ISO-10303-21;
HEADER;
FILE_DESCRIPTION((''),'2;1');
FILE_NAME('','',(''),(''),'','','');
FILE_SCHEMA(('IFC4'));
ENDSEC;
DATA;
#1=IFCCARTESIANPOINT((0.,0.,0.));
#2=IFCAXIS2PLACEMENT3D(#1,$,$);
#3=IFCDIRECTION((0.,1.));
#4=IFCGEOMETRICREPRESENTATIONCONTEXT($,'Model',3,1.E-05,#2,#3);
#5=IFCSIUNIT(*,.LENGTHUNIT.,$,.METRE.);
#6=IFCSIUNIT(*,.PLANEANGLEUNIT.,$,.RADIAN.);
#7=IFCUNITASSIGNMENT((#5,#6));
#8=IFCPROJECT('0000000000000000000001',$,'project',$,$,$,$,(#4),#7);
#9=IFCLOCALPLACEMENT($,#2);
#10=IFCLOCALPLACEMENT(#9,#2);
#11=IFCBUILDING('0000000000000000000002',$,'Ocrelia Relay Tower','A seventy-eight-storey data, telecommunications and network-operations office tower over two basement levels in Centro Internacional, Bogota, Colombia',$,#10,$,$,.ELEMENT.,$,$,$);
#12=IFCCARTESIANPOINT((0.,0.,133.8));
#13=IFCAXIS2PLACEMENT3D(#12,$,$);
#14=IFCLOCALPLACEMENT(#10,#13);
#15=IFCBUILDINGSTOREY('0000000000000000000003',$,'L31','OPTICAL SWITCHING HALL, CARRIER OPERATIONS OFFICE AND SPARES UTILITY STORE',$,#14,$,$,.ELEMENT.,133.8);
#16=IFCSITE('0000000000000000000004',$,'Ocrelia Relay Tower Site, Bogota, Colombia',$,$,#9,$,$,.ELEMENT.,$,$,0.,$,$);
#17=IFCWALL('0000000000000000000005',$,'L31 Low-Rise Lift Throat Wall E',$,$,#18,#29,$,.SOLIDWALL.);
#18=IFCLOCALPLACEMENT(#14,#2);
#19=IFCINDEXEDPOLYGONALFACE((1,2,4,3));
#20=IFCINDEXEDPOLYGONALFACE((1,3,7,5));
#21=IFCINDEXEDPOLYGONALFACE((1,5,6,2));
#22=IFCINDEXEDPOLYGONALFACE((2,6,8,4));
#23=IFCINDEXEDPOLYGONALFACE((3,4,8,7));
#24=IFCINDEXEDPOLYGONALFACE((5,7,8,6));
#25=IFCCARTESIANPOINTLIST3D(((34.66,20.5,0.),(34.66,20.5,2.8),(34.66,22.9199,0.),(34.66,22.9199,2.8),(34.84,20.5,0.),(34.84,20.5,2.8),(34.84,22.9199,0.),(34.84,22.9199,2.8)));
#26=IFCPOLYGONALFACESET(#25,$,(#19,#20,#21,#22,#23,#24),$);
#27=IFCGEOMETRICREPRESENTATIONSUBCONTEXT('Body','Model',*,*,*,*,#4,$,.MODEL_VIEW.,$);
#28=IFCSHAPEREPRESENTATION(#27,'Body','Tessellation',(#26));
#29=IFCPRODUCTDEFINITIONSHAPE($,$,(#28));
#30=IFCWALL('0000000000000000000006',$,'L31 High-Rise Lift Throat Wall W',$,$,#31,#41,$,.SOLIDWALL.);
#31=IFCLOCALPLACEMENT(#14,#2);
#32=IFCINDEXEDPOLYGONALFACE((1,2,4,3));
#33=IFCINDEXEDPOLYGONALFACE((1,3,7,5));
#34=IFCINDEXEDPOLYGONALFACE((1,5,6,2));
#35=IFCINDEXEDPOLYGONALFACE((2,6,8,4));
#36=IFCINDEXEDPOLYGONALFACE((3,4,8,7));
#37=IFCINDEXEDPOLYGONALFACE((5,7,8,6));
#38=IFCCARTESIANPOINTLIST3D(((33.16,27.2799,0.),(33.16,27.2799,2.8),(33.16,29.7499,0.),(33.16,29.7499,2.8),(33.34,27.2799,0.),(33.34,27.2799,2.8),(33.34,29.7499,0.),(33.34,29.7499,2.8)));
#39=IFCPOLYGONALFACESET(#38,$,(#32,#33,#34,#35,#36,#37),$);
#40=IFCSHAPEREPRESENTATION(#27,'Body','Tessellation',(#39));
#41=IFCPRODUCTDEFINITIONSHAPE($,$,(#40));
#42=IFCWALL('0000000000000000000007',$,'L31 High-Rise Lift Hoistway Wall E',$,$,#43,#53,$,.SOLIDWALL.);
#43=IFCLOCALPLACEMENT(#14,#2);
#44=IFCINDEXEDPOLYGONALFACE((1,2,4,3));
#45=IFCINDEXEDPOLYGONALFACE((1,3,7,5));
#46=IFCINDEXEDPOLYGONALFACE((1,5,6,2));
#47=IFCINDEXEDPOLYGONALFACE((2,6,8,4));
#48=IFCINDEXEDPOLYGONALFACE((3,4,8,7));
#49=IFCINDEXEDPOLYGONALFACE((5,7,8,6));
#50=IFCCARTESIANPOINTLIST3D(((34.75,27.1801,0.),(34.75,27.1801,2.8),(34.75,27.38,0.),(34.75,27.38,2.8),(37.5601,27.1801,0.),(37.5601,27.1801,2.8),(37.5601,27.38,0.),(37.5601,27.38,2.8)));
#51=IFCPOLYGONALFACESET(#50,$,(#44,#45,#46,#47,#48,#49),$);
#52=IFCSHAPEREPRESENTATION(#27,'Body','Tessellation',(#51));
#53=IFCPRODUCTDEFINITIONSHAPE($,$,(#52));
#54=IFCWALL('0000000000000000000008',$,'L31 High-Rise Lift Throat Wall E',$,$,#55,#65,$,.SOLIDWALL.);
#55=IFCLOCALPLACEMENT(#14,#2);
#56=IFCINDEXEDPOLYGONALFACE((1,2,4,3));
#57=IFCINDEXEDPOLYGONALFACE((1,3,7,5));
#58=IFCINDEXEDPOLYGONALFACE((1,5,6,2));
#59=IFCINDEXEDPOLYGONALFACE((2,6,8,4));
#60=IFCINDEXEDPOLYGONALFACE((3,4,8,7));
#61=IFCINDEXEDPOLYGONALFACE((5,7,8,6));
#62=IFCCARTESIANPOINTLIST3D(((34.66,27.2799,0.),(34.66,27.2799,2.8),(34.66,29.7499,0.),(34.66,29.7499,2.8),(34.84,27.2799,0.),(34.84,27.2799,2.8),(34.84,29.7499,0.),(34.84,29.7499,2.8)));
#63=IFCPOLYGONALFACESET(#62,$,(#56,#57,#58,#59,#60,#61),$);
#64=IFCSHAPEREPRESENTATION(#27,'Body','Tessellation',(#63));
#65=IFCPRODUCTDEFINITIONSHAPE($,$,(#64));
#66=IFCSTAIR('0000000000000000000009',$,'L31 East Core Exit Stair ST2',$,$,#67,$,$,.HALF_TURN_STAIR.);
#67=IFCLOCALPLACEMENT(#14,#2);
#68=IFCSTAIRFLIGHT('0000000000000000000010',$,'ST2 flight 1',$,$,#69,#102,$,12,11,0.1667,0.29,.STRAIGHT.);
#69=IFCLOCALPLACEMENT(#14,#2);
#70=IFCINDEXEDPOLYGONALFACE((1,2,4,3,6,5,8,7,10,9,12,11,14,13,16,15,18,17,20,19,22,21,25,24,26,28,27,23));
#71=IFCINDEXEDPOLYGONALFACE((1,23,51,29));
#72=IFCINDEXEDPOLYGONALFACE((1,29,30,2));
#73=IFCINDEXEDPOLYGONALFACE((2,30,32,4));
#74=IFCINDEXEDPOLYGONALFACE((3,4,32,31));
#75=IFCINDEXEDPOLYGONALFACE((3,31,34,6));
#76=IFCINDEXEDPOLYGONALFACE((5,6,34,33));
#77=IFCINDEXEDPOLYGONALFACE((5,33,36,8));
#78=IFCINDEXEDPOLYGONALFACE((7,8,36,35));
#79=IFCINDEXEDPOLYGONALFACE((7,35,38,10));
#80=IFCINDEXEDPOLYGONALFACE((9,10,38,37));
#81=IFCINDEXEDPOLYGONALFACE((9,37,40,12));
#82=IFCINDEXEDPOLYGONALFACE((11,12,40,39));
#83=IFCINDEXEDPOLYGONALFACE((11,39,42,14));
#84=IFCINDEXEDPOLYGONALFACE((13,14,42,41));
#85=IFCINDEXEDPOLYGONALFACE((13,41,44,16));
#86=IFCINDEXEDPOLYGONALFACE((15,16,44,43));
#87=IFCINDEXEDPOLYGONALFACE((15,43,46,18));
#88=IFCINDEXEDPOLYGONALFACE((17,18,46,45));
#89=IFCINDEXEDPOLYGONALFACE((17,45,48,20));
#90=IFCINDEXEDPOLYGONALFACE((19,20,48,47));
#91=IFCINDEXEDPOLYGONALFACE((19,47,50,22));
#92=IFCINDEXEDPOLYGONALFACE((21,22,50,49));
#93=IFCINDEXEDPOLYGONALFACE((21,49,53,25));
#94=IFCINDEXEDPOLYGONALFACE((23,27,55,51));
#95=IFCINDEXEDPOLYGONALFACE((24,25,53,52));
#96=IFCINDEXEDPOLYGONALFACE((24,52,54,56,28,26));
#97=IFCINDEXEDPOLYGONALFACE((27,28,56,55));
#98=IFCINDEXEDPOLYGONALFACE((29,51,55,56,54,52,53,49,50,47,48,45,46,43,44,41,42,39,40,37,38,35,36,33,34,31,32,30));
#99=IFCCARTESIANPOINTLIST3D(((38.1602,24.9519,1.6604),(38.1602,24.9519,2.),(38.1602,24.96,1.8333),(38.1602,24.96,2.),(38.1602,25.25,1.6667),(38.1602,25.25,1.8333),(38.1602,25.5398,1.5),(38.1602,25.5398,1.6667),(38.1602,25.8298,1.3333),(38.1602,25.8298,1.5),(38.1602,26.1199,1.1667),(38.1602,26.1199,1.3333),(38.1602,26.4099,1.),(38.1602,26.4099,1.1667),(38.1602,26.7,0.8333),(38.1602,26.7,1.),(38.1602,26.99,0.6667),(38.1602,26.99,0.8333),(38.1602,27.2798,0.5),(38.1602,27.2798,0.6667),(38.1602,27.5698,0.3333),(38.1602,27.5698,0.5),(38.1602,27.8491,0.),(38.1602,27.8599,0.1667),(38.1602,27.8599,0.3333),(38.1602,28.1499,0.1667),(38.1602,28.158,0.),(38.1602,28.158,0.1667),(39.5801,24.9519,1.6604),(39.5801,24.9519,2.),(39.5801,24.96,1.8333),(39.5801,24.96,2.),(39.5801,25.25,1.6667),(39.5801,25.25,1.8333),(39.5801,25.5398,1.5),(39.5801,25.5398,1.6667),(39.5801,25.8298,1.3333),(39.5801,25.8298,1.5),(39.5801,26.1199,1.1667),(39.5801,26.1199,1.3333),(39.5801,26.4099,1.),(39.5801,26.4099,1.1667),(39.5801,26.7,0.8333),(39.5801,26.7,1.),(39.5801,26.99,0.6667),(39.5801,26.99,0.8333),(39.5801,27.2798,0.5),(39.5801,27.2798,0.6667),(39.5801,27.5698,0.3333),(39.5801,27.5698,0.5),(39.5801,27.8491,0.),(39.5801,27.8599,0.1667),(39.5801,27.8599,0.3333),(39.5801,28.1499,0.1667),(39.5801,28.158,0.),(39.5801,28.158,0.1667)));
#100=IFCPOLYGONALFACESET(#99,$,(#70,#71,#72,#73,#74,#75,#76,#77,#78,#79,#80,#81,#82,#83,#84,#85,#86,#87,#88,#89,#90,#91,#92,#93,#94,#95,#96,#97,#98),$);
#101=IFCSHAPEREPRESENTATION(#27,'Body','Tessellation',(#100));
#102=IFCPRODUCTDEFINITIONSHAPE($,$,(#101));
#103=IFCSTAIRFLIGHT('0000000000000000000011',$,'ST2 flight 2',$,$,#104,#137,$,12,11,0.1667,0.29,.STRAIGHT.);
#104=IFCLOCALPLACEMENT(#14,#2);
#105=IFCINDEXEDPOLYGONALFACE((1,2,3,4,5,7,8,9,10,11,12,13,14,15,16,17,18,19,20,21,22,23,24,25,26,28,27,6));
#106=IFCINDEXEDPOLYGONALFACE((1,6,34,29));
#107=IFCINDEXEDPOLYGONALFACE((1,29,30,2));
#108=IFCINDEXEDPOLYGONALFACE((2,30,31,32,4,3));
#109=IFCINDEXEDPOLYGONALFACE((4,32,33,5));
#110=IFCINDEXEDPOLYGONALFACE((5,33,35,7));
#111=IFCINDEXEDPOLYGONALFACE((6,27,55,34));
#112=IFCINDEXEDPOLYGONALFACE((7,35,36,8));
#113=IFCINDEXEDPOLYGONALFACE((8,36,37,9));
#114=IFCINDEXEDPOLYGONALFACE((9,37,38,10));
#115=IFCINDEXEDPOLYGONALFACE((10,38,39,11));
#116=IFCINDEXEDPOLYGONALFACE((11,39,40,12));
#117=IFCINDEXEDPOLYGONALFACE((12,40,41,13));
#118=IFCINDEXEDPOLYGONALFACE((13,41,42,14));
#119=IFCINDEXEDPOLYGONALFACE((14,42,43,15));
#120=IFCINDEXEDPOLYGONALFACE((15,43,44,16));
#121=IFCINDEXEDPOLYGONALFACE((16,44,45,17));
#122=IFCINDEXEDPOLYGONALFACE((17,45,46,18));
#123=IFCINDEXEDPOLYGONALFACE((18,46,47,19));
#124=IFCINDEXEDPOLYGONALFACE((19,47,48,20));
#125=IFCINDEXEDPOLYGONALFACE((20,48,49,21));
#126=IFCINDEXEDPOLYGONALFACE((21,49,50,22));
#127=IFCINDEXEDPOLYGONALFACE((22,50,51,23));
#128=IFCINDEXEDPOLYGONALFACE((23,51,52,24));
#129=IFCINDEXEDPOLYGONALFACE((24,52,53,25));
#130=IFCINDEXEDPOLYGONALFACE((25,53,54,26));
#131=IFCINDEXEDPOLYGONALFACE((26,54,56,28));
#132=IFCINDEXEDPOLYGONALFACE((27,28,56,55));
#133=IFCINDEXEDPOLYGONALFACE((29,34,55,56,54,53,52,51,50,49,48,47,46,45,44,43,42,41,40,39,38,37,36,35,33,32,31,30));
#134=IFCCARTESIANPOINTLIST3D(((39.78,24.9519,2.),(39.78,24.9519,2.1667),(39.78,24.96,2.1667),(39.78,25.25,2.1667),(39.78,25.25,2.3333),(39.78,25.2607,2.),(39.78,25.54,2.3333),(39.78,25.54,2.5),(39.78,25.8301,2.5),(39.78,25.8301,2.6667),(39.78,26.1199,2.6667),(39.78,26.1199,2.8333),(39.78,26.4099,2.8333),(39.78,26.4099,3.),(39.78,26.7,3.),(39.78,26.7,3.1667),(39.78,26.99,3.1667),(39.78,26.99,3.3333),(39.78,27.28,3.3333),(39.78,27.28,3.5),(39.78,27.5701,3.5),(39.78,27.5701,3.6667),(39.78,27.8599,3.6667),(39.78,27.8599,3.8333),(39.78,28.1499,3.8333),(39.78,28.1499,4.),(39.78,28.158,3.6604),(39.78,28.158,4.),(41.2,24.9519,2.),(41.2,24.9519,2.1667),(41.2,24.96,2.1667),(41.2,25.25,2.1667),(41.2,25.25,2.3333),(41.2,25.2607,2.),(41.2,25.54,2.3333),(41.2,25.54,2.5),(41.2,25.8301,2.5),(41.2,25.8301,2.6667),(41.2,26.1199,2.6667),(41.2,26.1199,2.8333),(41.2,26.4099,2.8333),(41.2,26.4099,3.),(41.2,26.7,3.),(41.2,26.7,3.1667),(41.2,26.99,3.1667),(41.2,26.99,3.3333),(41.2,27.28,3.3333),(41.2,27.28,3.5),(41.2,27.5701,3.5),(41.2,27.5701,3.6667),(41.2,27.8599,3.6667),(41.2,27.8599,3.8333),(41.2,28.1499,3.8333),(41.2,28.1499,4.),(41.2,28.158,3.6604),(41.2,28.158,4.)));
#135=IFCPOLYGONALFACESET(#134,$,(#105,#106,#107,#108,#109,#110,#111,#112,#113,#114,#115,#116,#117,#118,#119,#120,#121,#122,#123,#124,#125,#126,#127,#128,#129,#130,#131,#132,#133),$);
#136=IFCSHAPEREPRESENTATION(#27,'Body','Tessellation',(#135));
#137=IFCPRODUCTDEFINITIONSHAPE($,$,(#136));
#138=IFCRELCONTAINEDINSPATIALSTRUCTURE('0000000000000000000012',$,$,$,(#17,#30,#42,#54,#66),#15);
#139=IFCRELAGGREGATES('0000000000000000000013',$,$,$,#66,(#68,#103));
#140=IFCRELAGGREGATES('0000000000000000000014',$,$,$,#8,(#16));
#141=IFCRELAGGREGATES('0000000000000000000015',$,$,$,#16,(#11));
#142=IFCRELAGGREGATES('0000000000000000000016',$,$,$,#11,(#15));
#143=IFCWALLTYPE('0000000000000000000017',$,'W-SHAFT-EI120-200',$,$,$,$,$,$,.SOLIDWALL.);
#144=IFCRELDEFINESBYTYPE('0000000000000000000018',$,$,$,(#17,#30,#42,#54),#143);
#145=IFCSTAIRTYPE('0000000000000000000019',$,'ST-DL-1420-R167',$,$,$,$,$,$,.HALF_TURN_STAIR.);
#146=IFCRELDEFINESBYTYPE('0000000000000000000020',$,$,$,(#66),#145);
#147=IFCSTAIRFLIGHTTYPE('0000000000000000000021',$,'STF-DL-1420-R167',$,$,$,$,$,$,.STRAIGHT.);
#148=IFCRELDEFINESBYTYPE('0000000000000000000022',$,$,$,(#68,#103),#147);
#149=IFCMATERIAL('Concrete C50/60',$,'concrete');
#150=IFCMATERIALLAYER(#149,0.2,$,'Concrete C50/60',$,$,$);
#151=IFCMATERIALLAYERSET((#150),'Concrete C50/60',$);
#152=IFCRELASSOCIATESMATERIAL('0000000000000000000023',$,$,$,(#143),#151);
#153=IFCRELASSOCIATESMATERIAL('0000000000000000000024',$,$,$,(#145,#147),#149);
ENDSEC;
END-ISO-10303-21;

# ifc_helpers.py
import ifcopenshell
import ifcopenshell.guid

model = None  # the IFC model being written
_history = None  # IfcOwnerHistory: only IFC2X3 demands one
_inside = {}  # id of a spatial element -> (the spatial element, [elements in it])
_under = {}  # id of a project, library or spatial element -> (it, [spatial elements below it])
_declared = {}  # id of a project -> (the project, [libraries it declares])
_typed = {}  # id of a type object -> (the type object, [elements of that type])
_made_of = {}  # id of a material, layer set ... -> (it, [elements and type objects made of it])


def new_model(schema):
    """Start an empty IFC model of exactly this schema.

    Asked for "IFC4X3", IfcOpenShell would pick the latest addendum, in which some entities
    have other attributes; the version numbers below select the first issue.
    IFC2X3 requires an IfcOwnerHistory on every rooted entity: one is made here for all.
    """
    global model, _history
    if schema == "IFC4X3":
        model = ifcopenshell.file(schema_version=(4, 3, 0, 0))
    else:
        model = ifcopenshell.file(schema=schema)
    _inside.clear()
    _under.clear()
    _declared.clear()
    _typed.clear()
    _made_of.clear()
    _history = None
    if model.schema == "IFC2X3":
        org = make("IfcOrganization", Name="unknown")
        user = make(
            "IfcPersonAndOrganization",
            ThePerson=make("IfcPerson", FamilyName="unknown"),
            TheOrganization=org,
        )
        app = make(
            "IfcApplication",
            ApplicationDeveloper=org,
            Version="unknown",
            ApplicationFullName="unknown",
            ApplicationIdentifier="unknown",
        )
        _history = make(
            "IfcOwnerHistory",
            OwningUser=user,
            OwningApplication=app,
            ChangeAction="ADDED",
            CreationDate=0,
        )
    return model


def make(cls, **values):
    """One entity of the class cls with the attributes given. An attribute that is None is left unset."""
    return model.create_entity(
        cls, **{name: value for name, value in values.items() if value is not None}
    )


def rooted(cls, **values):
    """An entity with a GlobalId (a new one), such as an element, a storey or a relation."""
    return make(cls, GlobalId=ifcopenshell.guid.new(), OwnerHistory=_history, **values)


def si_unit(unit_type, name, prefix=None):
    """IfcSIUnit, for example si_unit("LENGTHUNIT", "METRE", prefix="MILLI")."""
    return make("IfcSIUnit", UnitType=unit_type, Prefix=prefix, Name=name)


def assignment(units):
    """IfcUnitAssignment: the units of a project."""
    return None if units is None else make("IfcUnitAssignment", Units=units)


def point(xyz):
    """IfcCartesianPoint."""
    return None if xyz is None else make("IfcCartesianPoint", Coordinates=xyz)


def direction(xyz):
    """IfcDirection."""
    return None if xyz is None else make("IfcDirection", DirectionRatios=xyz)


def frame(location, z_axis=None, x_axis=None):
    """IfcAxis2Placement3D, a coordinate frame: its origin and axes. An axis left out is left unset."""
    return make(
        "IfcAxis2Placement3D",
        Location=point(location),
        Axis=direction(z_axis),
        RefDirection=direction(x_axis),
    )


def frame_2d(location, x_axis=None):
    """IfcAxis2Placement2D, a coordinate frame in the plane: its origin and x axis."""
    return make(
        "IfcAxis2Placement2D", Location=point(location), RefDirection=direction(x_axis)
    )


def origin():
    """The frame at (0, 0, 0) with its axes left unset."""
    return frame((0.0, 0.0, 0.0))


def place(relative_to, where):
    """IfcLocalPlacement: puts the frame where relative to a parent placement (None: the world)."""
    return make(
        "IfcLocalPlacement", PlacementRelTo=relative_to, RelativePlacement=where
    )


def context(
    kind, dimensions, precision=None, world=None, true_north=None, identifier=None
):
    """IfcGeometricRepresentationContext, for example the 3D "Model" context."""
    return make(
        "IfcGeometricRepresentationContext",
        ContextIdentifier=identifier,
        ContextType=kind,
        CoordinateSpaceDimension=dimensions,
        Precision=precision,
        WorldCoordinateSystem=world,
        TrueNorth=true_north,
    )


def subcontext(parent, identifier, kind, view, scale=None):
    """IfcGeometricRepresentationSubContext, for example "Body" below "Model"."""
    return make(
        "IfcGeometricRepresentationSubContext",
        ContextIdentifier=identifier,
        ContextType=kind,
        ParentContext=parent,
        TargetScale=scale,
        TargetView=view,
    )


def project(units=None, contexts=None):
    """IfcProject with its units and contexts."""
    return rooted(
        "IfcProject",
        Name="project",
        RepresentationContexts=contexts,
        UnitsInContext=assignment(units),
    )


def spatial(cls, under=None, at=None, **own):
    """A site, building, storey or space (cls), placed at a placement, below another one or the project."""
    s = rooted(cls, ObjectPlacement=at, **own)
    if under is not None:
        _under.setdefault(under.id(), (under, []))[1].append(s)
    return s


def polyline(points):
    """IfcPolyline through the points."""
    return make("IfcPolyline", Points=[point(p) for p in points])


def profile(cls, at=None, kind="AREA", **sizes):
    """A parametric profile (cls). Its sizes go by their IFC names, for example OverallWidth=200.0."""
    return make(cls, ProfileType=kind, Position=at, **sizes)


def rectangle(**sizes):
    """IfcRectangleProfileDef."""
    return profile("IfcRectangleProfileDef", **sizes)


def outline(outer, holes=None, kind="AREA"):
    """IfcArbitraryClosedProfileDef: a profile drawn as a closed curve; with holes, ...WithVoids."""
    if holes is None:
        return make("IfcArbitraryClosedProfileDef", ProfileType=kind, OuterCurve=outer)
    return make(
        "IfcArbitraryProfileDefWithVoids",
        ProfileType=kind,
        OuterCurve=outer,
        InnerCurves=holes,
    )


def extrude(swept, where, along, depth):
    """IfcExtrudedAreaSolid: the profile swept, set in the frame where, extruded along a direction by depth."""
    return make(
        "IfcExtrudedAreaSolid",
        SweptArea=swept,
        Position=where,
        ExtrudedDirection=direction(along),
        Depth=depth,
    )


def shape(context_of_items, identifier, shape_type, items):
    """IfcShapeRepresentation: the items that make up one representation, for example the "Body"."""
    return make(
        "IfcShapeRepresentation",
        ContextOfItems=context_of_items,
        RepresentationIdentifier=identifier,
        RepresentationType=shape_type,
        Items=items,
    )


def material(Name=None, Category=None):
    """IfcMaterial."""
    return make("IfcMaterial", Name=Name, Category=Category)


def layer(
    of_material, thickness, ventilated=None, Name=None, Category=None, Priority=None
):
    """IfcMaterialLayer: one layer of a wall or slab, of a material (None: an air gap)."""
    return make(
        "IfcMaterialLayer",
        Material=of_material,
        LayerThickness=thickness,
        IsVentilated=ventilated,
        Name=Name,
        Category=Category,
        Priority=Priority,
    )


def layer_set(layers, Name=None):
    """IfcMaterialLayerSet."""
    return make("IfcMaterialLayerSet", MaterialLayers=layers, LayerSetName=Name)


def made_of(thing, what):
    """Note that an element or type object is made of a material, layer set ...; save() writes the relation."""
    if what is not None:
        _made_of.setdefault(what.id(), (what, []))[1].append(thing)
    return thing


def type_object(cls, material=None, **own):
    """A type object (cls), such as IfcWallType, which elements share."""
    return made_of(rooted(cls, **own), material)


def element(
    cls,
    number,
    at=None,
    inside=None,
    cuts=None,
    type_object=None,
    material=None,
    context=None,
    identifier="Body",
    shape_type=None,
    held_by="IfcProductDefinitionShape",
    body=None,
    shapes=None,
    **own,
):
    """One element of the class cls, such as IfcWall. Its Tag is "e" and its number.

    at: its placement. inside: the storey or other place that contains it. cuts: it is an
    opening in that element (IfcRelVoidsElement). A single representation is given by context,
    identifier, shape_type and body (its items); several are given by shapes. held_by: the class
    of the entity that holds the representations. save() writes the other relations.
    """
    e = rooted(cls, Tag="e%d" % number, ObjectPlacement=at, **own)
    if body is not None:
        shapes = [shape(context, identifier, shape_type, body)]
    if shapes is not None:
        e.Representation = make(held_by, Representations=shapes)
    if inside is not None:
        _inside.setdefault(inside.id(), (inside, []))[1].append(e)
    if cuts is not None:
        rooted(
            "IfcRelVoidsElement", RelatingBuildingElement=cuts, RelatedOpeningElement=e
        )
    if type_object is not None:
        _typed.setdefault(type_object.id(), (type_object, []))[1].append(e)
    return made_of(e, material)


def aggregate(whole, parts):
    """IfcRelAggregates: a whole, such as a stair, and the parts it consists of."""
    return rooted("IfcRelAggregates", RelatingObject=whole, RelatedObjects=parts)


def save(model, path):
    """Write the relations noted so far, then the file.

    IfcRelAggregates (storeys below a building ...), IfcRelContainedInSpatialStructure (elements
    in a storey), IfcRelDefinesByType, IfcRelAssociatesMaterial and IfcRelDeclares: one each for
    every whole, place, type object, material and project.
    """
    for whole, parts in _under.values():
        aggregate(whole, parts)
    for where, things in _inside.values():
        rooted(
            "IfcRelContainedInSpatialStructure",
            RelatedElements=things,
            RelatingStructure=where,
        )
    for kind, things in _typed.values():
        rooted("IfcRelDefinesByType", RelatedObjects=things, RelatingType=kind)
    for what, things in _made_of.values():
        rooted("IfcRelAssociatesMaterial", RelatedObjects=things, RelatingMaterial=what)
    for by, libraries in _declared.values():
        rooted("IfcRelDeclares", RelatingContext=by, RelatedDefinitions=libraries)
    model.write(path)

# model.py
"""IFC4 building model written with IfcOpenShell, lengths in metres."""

from ifc_helpers import new_model, si_unit, direction, frame, frame_2d, origin, place, context, subcontext, project, spatial, polyline, rectangle, outline, extrude, material, layer, layer_set, type_object, element, aggregate, save


model = new_model("IFC4")

# Units and contexts
model_context = context("Model", 3, precision=1e-05, world=origin(), true_north=direction((0.0, 1.0)))
body_context = subcontext(model_context, "Body", "Model", "MODEL_VIEW")
ifc_project = project(units=[si_unit("LENGTHUNIT", "METRE"), si_unit("PLANEANGLEUNIT", "RADIAN")], contexts=[model_context])

# Site, building, storey
site_placement = place(None, origin())
site = spatial("IfcSite", under=ifc_project, at=site_placement, Name="Ocrelia Relay Tower Site, Bogota, Colombia", CompositionType="ELEMENT", RefElevation=0.0)
building_placement = place(site_placement, origin())
building = spatial("IfcBuilding", under=site, at=building_placement, Name="Ocrelia Relay Tower", Description="A seventy-eight-storey data, telecommunications and network-operations office tower over two basement levels in Centro Internacional, Bogota, Colombia", CompositionType="ELEMENT")
storey_placement = place(building_placement, frame((0.0, 0.0, 133.8)))
storey = spatial("IfcBuildingStorey", under=building, at=storey_placement, Name="L31", Description="OPTICAL SWITCHING HALL, CARRIER OPERATIONS OFFICE AND SPARES UTILITY STORE", CompositionType="ELEMENT", Elevation=133.8)

# Shared definitions
ifc_material_1 = material(Name="Concrete C50/60", Category="concrete")
ifc_layer_1 = layer(ifc_material_1, 0.2, Name="Concrete C50/60")
ifc_layer_set_1 = layer_set([ifc_layer_1], Name="Concrete C50/60")
wall_type_1 = type_object("IfcWallType", Name="W-SHAFT-EI120-200", PredefinedType="SOLIDWALL", material=ifc_layer_set_1)

# Walls
wall_1_placement = place(storey_placement, frame((34.75, 20.5, 0.0), z_axis=(0.0, 0.0, 1.0), x_axis=(0.0, 1.0, 0.0)))
element("IfcWall", 1, at=wall_1_placement, inside=storey, type_object=wall_type_1, Name="L31 Low-Rise Lift Throat Wall E", PredefinedType="SOLIDWALL", context=body_context, shape_type="SweptSolid", body=[
    extrude(rectangle(XDim=2.4199, YDim=0.1799, at=frame_2d((1.21, 0.0))), origin(), (0.0, 0.0, 1.0), 2.8),
])
wall_2_placement = place(storey_placement, frame((33.25, 27.28, 0.0), z_axis=(0.0, 0.0, 1.0), x_axis=(0.0, 1.0, 0.0)))
element("IfcWall", 2, at=wall_2_placement, inside=storey, type_object=wall_type_1, Name="L31 High-Rise Lift Throat Wall W", PredefinedType="SOLIDWALL", context=body_context, shape_type="SweptSolid", body=[
    extrude(rectangle(XDim=2.47, YDim=0.1799, at=frame_2d((1.2349, 0.0))), origin(), (0.0, 0.0, 1.0), 2.8),
])
wall_3_placement = place(storey_placement, frame((34.75, 27.28, 0.0), z_axis=(0.0, 0.0, 1.0), x_axis=(1.0, 0.0, 0.0)))
element("IfcWall", 3, at=wall_3_placement, inside=storey, type_object=wall_type_1, Name="L31 High-Rise Lift Hoistway Wall E", PredefinedType="SOLIDWALL", context=body_context, shape_type="SweptSolid", body=[
    extrude(rectangle(XDim=2.8101, YDim=0.2, at=frame_2d((1.405, 0.0))), origin(), (0.0, 0.0, 1.0), 2.8),
])
wall_4_placement = place(storey_placement, frame((34.75, 27.28, 0.0), z_axis=(0.0, 0.0, 1.0), x_axis=(0.0, 1.0, 0.0)))
element("IfcWall", 4, at=wall_4_placement, inside=storey, type_object=wall_type_1, Name="L31 High-Rise Lift Throat Wall E", PredefinedType="SOLIDWALL", context=body_context, shape_type="SweptSolid", body=[
    extrude(rectangle(XDim=2.47, YDim=0.1799, at=frame_2d((1.2349, 0.0))), origin(), (0.0, 0.0, 1.0), 2.8),
])

# Stair, stair flights
stair_type = type_object("IfcStairType", Name="ST-DL-1420-R167", PredefinedType="HALF_TURN_STAIR", material=ifc_material_1)
stair_placement = place(storey_placement, origin())
stair = element("IfcStair", 5, at=stair_placement, inside=storey, type_object=stair_type, Name="L31 East Core Exit Stair ST2", PredefinedType="HALF_TURN_STAIR")
stair_flight_type = type_object("IfcStairFlightType", Name="STF-DL-1420-R167", PredefinedType="STRAIGHT", material=ifc_material_1)
stair_flight_1_placement = place(storey_placement, frame((38.8701, 28.1499, 0.0), z_axis=(0.0, 0.0, 1.0), x_axis=(0.0, -1.0, 0.0)))
stair_flight_1 = element("IfcStairFlight", 6, at=stair_flight_1_placement, type_object=stair_flight_type, Name="ST2 flight 1", NumberOfRisers=12, NumberOfTreads=11, PredefinedType="STRAIGHT", RiserHeight=0.1667, TreadLength=0.29, context=body_context, shape_type="SweptSolid", body=[
    extrude(outline(polyline([(-0.0081, 0.0), (-0.0081, 0.1667), (0.0, 0.1667), (0.29, 0.1667), (0.29, 0.3333), (0.5801, 0.3333), (0.5801, 0.5), (0.8701, 0.5), (0.8701, 0.6667), (1.1599, 0.6667), (1.1599, 0.8333), (1.45, 0.8333), (1.45, 1.0), (1.74, 1.0), (1.74, 1.1667), (2.03, 1.1667), (2.03, 1.3333), (2.3201, 1.3333), (2.3201, 1.5), (2.6101, 1.5), (2.6101, 1.6667), (2.8999, 1.6667), (2.8999, 1.8333), (3.1899, 1.8333), (3.1899, 2.0), (3.198, 2.0), (3.198, 1.6604), (0.3008, 0.0), (-0.0081, 0.0)])), frame((0.0, 0.71, 0.0), z_axis=(0.0, -1.0, 0.0), x_axis=(1.0, 0.0, 0.0)), (0.0, 0.0, 1.0), 1.4199),
])
stair_flight_2_placement = place(storey_placement, frame((40.49, 24.96, 2.0), z_axis=(0.0, 0.0, 1.0), x_axis=(0.0, 1.0, 0.0)))
stair_flight_2 = element("IfcStairFlight", 7, at=stair_flight_2_placement, type_object=stair_flight_type, Name="ST2 flight 2", NumberOfRisers=12, NumberOfTreads=11, PredefinedType="STRAIGHT", RiserHeight=0.1667, TreadLength=0.29, context=body_context, shape_type="SweptSolid", body=[
    extrude(outline(polyline([(-0.0081, 0.0), (-0.0081, 0.1667), (0.0, 0.1667), (0.29, 0.1667), (0.29, 0.3333), (0.5801, 0.3333), (0.5801, 0.5), (0.8701, 0.5), (0.8701, 0.6667), (1.1599, 0.6667), (1.1599, 0.8333), (1.45, 0.8333), (1.45, 1.0), (1.74, 1.0), (1.74, 1.1667), (2.03, 1.1667), (2.03, 1.3333), (2.3201, 1.3333), (2.3201, 1.5), (2.6101, 1.5), (2.6101, 1.6667), (2.8999, 1.6667), (2.8999, 1.8333), (3.1899, 1.8333), (3.1899, 2.0), (3.198, 2.0), (3.198, 1.6604), (0.3008, 0.0), (-0.0081, 0.0)])), frame((0.0, 0.71, 0.0), z_axis=(0.0, -1.0, 0.0), x_axis=(1.0, 0.0, 0.0)), (0.0, 0.0, 1.0), 1.4199),
])
aggregate(stair, [stair_flight_1, stair_flight_2])

save(model, "model.ifc")
